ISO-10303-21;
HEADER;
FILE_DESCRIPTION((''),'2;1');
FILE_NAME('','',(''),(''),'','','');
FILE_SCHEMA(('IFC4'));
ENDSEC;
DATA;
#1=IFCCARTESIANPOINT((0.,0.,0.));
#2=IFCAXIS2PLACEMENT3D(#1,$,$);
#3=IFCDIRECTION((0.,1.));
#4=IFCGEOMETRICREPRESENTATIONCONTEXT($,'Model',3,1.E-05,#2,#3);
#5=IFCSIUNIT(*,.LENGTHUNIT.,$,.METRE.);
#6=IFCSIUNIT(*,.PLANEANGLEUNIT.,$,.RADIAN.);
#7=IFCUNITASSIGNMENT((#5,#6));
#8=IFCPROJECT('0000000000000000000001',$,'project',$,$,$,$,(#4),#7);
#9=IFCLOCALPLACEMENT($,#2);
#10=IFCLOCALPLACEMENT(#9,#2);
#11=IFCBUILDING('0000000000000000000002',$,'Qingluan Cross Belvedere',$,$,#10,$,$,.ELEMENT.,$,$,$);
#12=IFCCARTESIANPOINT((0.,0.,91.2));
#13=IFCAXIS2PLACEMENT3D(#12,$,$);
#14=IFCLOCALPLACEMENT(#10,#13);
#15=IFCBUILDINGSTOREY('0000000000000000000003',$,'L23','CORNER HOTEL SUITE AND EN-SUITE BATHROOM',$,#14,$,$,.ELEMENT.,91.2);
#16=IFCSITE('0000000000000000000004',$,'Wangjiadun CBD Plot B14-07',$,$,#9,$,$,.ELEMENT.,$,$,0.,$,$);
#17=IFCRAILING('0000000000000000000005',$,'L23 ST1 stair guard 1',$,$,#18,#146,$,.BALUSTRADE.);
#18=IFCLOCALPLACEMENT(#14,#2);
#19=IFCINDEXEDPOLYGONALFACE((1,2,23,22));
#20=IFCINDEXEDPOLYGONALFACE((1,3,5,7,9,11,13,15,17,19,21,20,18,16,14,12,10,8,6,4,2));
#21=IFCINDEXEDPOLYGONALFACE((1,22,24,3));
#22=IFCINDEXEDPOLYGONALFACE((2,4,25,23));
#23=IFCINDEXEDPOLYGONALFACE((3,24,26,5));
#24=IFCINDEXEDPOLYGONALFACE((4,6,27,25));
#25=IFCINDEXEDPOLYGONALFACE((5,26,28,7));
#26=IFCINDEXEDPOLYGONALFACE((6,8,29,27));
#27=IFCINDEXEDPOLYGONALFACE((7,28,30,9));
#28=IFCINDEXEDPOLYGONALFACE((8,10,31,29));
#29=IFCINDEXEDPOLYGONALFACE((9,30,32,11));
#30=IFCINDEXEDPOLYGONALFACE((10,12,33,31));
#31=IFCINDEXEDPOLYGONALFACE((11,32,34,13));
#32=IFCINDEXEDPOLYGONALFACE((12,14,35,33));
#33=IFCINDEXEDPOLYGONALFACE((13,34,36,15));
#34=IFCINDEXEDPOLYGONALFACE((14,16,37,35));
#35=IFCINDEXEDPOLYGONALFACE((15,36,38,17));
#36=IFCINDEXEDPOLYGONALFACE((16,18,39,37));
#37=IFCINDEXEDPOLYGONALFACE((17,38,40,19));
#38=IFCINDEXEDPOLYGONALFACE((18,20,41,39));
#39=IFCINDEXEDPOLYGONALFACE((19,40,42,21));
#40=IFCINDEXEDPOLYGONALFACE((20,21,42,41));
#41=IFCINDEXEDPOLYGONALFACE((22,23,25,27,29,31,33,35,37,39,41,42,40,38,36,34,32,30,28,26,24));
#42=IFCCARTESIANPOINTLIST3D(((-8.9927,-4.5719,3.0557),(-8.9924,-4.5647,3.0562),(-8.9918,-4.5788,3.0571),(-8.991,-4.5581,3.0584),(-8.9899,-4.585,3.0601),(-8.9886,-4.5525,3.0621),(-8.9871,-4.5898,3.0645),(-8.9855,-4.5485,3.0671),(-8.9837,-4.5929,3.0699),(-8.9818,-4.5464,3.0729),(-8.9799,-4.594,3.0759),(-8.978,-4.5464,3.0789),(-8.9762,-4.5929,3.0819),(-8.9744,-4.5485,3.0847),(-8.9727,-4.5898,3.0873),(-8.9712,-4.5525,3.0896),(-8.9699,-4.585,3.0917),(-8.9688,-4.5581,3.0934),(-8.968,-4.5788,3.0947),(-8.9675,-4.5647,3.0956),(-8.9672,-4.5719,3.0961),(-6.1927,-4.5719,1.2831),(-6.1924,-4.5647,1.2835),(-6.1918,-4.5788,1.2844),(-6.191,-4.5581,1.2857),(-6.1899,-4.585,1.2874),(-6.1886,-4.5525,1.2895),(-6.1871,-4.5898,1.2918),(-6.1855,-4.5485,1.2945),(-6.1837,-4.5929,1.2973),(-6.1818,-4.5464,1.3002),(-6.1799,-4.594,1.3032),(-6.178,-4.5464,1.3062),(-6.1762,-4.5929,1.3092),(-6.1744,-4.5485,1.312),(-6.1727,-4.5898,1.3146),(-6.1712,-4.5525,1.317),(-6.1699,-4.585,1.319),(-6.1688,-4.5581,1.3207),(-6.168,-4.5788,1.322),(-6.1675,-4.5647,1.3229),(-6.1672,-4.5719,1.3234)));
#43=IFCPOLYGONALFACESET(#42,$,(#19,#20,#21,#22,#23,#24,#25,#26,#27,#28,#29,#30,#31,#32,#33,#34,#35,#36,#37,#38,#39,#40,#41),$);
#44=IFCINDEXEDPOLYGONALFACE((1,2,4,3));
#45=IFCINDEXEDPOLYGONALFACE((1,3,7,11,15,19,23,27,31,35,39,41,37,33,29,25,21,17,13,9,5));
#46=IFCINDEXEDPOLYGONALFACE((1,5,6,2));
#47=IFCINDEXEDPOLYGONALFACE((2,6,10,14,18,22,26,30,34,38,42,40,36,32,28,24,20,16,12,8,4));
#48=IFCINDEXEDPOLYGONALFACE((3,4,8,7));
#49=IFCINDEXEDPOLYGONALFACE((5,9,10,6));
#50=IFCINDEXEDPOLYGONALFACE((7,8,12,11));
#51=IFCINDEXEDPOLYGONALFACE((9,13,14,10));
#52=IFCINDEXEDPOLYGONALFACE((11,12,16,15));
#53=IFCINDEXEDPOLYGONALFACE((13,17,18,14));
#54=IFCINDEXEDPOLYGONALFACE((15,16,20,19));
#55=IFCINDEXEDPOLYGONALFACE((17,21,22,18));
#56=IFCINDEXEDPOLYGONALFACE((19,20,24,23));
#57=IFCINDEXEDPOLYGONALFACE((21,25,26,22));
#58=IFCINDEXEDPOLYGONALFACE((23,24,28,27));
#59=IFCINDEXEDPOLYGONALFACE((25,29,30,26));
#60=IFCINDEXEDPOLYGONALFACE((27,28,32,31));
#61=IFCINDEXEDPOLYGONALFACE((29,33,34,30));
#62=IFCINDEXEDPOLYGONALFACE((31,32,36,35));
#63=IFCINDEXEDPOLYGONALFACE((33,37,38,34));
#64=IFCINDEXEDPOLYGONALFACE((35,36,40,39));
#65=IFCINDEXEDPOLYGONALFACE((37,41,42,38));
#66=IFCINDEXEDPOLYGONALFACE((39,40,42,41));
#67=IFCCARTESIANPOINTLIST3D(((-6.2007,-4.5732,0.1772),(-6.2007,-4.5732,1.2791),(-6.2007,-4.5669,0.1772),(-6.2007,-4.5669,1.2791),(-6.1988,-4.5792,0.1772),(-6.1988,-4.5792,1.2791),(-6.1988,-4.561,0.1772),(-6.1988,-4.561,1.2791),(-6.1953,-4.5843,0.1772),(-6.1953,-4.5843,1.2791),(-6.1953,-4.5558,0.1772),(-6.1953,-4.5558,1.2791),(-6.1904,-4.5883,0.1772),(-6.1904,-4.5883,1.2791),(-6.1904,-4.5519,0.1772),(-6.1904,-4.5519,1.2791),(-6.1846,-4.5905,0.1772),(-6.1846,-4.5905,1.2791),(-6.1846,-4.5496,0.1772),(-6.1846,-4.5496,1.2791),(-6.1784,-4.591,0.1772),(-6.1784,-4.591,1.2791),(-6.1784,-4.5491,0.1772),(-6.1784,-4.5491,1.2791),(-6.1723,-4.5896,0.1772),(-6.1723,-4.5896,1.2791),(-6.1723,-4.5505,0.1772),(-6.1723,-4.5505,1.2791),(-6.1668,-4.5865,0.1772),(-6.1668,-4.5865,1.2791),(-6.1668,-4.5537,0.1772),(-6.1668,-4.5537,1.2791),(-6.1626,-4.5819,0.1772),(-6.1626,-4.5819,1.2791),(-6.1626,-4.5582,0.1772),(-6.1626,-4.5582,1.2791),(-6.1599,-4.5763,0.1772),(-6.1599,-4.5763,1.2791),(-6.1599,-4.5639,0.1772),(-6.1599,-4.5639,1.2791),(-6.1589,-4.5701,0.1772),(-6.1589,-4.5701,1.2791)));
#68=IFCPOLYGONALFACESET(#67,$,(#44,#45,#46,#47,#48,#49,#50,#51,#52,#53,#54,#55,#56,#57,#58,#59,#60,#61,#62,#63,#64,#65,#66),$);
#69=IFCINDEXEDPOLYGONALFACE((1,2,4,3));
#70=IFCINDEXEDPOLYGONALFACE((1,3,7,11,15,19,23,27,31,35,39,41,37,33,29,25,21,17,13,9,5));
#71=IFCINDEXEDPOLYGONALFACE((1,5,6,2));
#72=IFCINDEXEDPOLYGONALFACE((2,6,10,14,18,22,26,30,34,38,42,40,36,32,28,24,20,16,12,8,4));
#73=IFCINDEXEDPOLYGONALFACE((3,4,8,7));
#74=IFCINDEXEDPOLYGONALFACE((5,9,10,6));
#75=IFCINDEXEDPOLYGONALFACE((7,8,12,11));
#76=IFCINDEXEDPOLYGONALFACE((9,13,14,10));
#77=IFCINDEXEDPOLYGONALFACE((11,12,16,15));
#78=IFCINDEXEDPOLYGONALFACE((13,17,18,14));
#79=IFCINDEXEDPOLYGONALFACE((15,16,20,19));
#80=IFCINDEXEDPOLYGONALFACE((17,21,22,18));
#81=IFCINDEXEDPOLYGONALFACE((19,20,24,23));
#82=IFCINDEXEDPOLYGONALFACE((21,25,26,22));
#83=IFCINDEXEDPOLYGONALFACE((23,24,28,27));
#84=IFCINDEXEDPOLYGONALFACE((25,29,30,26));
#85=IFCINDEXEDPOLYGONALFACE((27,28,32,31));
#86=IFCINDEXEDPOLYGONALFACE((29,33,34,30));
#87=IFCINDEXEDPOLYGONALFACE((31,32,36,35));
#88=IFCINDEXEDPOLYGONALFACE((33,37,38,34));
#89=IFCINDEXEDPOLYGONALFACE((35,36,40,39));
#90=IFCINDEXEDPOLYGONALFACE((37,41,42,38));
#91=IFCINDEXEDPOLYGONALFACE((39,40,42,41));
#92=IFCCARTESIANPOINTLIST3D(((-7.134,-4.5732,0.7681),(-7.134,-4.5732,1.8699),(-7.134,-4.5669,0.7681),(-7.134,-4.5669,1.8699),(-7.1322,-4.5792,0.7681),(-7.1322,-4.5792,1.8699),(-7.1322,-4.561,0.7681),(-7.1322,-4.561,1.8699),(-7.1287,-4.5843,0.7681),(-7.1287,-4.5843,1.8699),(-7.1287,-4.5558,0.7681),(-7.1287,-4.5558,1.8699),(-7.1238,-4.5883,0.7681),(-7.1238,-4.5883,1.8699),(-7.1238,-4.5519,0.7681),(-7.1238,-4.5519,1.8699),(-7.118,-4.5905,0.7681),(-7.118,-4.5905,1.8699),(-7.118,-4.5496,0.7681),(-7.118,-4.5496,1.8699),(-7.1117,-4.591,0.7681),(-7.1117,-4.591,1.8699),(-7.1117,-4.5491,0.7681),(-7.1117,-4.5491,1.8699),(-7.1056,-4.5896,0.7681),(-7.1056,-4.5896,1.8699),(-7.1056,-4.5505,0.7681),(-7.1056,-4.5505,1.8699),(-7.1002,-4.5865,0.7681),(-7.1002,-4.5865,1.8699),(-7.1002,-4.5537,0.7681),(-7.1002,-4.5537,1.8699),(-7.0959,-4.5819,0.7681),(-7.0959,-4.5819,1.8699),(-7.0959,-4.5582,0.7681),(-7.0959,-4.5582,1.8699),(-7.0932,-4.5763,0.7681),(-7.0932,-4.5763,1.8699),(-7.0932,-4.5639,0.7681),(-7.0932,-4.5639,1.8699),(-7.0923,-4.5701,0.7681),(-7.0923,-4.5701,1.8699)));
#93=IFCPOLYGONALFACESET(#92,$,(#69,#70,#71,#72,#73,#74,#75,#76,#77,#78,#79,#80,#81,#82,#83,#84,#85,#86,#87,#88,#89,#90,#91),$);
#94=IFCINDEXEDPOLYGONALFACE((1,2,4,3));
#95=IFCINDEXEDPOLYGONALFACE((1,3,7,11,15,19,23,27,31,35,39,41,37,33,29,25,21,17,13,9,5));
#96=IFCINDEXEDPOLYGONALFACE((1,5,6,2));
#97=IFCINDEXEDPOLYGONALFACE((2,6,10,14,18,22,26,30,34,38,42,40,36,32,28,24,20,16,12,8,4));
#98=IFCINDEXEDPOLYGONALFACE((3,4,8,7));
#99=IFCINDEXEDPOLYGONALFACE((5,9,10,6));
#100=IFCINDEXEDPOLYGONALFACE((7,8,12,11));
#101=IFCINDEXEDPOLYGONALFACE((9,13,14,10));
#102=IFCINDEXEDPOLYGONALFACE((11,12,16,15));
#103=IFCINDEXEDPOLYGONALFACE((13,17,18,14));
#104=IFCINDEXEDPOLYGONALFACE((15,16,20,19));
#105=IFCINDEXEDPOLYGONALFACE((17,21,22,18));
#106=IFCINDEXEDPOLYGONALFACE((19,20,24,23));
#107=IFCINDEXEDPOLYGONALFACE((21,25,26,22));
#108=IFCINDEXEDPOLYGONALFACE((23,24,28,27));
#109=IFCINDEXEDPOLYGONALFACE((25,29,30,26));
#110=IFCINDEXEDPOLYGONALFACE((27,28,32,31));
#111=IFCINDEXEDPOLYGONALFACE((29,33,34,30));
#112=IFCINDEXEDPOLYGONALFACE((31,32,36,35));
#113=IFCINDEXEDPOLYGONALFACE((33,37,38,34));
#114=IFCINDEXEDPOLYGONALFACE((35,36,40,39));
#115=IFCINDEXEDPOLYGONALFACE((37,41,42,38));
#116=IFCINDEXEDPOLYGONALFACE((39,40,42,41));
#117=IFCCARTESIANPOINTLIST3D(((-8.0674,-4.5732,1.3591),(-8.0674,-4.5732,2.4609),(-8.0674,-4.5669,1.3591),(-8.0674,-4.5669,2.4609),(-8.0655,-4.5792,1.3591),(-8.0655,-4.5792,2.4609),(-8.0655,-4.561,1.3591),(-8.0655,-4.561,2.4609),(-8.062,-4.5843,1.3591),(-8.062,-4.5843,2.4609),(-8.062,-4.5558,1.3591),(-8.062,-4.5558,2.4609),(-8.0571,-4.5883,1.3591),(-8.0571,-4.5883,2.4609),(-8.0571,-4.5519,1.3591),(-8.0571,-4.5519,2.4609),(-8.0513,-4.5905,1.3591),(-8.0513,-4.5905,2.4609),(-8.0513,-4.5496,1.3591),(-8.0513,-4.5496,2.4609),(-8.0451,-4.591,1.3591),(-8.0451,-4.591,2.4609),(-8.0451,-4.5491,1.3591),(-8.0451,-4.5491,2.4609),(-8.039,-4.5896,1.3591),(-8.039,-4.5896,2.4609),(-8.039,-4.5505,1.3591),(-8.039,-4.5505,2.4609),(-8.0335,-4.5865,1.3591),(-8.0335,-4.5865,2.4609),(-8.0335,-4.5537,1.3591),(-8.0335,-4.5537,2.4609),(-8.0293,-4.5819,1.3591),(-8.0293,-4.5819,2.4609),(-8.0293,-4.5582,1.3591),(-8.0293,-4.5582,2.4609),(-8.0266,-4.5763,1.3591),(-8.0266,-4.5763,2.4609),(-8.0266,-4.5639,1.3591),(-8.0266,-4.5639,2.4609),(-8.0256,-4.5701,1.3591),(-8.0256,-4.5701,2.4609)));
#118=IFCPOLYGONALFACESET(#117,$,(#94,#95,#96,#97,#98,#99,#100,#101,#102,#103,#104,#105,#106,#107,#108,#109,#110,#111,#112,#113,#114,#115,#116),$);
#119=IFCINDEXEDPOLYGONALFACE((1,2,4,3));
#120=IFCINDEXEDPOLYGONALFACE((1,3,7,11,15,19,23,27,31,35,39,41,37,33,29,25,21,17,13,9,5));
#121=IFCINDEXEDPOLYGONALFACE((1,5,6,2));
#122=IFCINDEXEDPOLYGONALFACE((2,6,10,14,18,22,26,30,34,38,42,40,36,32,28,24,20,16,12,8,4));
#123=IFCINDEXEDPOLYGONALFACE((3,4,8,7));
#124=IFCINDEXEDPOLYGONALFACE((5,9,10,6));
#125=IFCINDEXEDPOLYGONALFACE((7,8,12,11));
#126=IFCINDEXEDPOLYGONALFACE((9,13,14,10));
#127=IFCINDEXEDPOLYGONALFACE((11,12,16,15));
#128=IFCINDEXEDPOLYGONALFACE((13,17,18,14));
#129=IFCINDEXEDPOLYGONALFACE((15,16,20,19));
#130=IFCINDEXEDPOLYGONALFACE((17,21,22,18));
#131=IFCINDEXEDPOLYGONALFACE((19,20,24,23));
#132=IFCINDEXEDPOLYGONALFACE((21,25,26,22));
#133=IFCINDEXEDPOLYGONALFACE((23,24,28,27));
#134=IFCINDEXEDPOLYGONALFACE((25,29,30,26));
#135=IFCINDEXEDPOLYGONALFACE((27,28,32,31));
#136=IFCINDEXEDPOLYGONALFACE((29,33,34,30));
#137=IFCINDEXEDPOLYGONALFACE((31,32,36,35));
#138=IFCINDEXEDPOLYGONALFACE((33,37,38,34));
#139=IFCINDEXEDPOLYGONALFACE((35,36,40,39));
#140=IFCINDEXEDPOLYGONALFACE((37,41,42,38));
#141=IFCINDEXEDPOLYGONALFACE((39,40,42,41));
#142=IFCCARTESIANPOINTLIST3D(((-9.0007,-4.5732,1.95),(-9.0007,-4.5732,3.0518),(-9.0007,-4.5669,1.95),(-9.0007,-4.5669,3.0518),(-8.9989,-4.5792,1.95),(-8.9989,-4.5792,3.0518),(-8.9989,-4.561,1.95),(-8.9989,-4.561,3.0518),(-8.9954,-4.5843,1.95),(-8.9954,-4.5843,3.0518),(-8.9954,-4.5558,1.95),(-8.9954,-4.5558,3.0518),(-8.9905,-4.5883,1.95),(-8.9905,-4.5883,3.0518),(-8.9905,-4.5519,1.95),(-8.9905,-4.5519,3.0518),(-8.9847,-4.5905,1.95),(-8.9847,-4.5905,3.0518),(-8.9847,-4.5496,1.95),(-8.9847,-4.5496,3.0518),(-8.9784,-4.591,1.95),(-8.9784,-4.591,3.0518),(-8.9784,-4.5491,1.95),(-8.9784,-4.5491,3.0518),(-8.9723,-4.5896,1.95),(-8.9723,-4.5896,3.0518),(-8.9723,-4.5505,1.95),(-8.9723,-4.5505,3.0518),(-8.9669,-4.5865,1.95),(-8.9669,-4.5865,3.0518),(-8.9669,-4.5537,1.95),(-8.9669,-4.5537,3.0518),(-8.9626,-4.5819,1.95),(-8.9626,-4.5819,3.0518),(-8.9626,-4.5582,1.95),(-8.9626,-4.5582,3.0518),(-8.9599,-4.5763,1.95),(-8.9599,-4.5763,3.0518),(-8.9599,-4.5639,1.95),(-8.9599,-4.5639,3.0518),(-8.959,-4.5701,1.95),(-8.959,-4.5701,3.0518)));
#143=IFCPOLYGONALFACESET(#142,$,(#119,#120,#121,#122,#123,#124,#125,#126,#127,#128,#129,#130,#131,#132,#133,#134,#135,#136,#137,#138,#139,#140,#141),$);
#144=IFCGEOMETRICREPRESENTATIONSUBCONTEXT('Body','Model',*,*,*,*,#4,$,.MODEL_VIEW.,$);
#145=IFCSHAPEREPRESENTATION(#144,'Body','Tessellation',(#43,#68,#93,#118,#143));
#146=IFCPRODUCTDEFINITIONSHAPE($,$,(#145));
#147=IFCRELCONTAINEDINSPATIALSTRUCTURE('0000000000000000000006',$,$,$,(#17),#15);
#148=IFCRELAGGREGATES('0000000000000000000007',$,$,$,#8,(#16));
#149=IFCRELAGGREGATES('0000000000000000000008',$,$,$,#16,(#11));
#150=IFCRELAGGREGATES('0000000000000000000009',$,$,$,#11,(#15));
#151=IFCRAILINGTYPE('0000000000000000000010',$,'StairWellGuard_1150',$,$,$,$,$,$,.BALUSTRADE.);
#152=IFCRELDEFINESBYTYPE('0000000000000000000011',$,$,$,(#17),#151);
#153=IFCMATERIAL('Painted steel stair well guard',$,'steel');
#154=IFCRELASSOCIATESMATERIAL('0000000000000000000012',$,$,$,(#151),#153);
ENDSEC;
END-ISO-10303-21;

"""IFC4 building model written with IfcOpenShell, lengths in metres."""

from ifc_helpers import new_model, si_unit, direction, frame, origin, origin_2d, place, context, subcontext, project, spatial, circle, extrude, material, type_object, element, save


model = new_model("IFC4")

# Units and contexts
model_context = context("Model", 3, precision=1e-05, world=origin(), true_north=direction((0.0, 1.0)))
body_context = subcontext(model_context, "Body", "Model", "MODEL_VIEW")
ifc_project = project(units=[si_unit("LENGTHUNIT", "METRE"), si_unit("PLANEANGLEUNIT", "RADIAN")], contexts=[model_context])

# Site, building, storey
site_placement = place(None, origin())
site = spatial("IfcSite", under=ifc_project, at=site_placement, Name="Wangjiadun CBD Plot B14-07", CompositionType="ELEMENT", RefElevation=0.0)
building_placement = place(site_placement, origin())
building = spatial("IfcBuilding", under=site, at=building_placement, Name="Qingluan Cross Belvedere", CompositionType="ELEMENT")
storey_placement = place(building_placement, frame((0.0, 0.0, 91.2)))
storey = spatial("IfcBuildingStorey", under=building, at=storey_placement, Name="L23", Description="CORNER HOTEL SUITE AND EN-SUITE BATHROOM", CompositionType="ELEMENT", Elevation=91.2)

# Railing
ifc_material_1 = material(Name="Painted steel stair well guard", Category="steel")
railing_type_1 = type_object("IfcRailingType", Name="StairWellGuard_1150", PredefinedType="BALUSTRADE", material=ifc_material_1)
railing_1_placement = place(storey_placement, frame((-6.1799, -4.5701, 0.1772)))
element("IfcRailing", 1, at=railing_1_placement, inside=storey, type_object=railing_type_1, Name="L23 ST1 stair guard 1", PredefinedType="BALUSTRADE", context=body_context, shape_type="SweptSolid", body=[
    extrude(circle(Radius=0.0239, at=origin_2d()), frame((0.0, 0.0, 1.126), z_axis=(-0.844909, 0.0, 0.53491), x_axis=(0.0, -1.0, 0.0)), (0.0, 0.0, 1.0), 3.314),
    extrude(circle(Radius=0.021, at=origin_2d()), origin(), (0.0, 0.0, 1.0), 1.1018),
    extrude(circle(Radius=0.021, at=origin_2d()), frame((-0.9333, 0.0, 0.5908)), (0.0, 0.0, 1.0), 1.1018),
    extrude(circle(Radius=0.021, at=origin_2d()), frame((-1.8667, 0.0, 1.1819)), (0.0, 0.0, 1.0), 1.1018),
    extrude(circle(Radius=0.021, at=origin_2d()), frame((-2.8, 0.0, 1.7727)), (0.0, 0.0, 1.0), 1.1018),
])

save(model, "model.ifc")
